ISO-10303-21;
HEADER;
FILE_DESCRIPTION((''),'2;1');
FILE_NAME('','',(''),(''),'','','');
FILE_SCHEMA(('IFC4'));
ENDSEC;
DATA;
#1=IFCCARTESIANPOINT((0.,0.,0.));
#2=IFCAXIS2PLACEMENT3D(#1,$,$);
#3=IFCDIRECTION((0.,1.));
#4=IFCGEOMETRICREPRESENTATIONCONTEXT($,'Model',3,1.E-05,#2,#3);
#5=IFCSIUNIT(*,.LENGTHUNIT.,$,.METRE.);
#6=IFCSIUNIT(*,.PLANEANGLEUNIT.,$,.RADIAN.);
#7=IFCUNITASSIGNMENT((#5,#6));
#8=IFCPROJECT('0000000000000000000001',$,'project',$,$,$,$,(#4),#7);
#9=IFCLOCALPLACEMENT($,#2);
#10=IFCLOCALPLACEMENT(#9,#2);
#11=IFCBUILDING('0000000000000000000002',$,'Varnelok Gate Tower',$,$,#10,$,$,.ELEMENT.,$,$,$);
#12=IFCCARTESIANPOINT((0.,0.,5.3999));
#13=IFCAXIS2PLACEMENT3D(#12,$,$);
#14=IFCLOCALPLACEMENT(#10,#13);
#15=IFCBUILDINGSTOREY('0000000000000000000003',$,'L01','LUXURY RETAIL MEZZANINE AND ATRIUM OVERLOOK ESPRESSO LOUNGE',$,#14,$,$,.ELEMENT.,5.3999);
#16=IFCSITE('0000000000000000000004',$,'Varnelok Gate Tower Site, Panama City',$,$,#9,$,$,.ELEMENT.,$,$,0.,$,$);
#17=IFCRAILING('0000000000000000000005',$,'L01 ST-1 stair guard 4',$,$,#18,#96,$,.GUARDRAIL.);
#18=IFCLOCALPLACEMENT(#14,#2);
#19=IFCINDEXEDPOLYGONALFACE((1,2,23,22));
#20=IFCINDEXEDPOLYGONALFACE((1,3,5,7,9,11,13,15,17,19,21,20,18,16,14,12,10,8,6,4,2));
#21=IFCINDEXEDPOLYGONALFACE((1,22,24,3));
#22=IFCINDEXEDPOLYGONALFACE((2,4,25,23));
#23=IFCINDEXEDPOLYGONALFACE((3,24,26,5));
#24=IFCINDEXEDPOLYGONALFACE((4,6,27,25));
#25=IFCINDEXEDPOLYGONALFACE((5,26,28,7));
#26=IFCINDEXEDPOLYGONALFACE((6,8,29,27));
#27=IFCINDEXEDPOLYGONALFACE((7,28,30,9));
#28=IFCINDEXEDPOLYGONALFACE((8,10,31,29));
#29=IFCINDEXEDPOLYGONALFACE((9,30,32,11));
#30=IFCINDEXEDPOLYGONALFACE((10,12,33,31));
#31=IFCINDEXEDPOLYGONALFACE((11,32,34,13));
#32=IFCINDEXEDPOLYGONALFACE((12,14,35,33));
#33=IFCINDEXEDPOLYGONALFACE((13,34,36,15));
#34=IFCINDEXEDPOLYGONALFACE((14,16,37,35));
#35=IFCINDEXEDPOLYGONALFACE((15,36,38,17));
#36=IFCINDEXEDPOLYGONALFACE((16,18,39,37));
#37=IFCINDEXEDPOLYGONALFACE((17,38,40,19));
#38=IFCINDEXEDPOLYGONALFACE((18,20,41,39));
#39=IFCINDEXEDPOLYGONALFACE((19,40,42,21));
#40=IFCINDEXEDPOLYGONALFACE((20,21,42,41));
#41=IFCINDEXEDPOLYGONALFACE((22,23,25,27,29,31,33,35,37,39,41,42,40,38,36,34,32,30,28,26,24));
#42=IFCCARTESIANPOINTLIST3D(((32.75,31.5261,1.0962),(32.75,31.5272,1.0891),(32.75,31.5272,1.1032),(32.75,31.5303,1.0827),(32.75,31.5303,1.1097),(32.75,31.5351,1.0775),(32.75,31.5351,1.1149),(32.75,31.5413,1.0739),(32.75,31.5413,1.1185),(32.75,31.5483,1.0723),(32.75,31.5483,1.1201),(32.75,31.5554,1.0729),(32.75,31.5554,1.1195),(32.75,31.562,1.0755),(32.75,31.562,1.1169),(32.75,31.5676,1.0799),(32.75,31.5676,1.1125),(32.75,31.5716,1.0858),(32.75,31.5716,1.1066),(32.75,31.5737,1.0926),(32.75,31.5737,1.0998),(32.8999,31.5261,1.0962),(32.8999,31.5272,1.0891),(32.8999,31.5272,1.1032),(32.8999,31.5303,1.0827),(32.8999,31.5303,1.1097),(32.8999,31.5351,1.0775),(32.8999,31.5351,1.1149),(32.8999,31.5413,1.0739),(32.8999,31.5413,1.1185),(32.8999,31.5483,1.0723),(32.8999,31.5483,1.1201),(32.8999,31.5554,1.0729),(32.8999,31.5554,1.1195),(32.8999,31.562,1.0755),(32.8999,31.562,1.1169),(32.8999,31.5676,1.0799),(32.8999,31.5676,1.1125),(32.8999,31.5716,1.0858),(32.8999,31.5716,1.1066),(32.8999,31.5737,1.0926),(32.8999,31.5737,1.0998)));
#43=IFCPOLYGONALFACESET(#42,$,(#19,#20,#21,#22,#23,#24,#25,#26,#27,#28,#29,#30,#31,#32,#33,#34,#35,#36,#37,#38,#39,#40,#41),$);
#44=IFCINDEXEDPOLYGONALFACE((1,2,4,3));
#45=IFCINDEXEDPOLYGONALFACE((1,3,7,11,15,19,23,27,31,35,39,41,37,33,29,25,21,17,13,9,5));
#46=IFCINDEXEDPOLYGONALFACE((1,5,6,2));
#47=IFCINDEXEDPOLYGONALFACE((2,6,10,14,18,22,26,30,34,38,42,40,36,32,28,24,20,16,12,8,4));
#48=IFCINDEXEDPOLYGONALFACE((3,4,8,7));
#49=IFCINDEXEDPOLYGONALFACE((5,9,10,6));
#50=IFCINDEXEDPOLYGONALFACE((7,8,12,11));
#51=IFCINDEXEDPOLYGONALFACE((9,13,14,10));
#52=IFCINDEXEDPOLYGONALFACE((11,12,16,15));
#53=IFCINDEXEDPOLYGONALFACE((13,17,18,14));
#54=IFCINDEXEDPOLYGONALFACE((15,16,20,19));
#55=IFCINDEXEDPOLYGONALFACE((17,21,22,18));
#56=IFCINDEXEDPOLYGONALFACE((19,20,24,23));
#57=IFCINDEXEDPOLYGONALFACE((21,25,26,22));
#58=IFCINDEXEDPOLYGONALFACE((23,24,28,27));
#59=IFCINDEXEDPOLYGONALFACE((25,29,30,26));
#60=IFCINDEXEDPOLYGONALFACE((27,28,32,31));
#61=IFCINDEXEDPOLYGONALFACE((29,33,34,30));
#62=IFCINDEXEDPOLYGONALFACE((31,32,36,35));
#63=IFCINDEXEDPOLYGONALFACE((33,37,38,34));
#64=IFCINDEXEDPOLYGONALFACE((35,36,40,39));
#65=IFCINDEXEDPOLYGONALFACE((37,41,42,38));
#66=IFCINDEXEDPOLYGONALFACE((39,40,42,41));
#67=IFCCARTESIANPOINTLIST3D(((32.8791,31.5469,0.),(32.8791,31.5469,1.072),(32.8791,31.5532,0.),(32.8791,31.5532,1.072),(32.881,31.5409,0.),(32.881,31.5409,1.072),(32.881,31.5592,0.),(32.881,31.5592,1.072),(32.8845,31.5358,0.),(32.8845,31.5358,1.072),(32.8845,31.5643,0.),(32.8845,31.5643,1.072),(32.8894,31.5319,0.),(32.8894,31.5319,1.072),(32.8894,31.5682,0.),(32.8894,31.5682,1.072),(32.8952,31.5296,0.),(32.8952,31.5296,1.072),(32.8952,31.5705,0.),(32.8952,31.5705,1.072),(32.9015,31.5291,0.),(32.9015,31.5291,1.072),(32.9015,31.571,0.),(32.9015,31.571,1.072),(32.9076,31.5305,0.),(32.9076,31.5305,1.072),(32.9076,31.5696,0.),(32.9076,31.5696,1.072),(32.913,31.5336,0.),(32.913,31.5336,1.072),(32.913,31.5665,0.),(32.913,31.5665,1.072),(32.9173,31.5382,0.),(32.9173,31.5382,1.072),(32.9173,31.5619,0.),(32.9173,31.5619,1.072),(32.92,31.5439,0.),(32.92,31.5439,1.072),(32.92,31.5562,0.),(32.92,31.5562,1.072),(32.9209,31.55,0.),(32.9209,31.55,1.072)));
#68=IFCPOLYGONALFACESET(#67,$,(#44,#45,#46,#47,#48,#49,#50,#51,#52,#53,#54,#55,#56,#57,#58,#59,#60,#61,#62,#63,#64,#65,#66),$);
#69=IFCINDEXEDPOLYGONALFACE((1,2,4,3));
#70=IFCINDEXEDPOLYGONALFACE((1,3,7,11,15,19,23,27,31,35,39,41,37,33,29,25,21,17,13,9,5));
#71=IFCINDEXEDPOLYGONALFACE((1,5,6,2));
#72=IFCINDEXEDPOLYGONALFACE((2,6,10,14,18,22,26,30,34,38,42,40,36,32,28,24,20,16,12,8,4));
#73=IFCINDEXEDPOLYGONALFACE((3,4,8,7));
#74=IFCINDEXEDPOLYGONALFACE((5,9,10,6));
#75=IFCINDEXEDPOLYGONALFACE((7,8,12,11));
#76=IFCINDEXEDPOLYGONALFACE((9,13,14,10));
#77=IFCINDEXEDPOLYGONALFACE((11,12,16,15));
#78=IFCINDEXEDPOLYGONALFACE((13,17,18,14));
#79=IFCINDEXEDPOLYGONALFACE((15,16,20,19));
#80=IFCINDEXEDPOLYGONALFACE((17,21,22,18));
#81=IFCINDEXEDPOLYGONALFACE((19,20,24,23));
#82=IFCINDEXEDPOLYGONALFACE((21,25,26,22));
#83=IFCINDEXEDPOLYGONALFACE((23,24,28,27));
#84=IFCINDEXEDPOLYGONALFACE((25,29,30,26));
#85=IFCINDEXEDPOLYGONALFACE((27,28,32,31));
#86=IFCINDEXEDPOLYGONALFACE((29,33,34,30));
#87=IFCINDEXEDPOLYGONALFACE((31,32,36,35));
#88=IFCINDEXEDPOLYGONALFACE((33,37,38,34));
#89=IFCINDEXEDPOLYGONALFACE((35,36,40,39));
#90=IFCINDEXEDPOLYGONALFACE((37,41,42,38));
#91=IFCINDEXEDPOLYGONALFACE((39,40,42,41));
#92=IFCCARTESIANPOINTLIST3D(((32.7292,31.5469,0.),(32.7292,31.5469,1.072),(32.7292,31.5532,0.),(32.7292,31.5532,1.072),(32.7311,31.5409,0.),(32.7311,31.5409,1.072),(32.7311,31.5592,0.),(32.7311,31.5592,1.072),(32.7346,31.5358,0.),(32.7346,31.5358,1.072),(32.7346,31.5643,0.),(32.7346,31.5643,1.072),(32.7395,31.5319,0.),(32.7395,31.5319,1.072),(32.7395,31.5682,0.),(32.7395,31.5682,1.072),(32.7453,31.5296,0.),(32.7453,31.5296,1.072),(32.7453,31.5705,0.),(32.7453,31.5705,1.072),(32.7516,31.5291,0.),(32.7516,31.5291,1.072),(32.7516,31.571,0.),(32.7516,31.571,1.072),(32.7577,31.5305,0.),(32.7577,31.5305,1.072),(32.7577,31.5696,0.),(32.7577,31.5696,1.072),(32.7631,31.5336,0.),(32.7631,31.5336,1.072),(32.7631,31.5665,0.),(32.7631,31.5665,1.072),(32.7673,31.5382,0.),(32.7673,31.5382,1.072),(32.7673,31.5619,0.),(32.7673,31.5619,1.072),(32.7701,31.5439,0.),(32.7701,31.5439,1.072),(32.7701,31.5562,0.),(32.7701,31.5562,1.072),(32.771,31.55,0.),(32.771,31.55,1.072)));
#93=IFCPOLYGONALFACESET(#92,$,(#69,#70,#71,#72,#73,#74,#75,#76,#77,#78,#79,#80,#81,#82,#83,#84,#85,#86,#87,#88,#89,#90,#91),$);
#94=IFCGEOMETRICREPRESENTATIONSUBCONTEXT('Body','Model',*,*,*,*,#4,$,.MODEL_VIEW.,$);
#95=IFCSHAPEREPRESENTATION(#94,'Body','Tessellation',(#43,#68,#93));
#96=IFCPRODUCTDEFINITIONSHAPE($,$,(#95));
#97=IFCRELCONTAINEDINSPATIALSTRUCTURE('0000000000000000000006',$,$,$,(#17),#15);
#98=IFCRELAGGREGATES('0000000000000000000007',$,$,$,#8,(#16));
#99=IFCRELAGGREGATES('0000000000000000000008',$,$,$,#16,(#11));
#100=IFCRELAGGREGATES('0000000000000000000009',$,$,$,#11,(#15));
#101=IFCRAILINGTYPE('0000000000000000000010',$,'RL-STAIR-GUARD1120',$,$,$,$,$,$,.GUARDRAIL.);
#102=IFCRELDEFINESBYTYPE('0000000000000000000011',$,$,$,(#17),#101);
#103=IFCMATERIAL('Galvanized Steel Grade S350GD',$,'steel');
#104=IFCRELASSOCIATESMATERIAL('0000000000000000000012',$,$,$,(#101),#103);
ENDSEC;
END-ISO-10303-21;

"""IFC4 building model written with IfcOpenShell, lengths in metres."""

from ifc_helpers import new_model, si_unit, direction, frame, origin, origin_2d, place, context, subcontext, project, spatial, circle, extrude, material, type_object, element, save


model = new_model("IFC4")

# Units and contexts
model_context = context("Model", 3, precision=1e-05, world=origin(), true_north=direction((0.0, 1.0)))
body_context = subcontext(model_context, "Body", "Model", "MODEL_VIEW")
ifc_project = project(units=[si_unit("LENGTHUNIT", "METRE"), si_unit("PLANEANGLEUNIT", "RADIAN")], contexts=[model_context])

# Site, building, storey
site_placement = place(None, origin())
site = spatial("IfcSite", under=ifc_project, at=site_placement, Name="Varnelok Gate Tower Site, Panama City", CompositionType="ELEMENT", RefElevation=0.0)
building_placement = place(site_placement, origin())
building = spatial("IfcBuilding", under=site, at=building_placement, Name="Varnelok Gate Tower", CompositionType="ELEMENT")
storey_placement = place(building_placement, frame((0.0, 0.0, 5.3999)))
storey = spatial("IfcBuildingStorey", under=building, at=storey_placement, Name="L01", Description="LUXURY RETAIL MEZZANINE AND ATRIUM OVERLOOK ESPRESSO LOUNGE", CompositionType="ELEMENT", Elevation=5.3999)

# Shared definitions
ifc_material_1 = material(Name="Galvanized Steel Grade S350GD", Category="steel")

# Railing
railing_type = type_object("IfcRailingType", Name="RL-STAIR-GUARD1120", PredefinedType="GUARDRAIL", material=ifc_material_1)
railing_1_placement = place(storey_placement, frame((32.8999, 31.55, 0.0)))
element("IfcRailing", 1, at=railing_1_placement, inside=storey, type_object=railing_type, Name="L01 ST-1 stair guard 4", PredefinedType="GUARDRAIL", context=body_context, shape_type="SweptSolid", body=[
    extrude(circle(Radius=0.0239, at=origin_2d()), frame((0.0, 0.0, 1.0962), z_axis=(-1.0, 0.0, 0.0), x_axis=(0.0, -1.0, 0.0)), (0.0, 0.0, 1.0), 0.1499),
    extrude(circle(Radius=0.021, at=origin_2d()), origin(), (0.0, 0.0, 1.0), 1.072),
    extrude(circle(Radius=0.021, at=origin_2d()), frame((-0.1499, 0.0, 0.0)), (0.0, 0.0, 1.0), 1.072),
])

save(model, "model.ifc")
